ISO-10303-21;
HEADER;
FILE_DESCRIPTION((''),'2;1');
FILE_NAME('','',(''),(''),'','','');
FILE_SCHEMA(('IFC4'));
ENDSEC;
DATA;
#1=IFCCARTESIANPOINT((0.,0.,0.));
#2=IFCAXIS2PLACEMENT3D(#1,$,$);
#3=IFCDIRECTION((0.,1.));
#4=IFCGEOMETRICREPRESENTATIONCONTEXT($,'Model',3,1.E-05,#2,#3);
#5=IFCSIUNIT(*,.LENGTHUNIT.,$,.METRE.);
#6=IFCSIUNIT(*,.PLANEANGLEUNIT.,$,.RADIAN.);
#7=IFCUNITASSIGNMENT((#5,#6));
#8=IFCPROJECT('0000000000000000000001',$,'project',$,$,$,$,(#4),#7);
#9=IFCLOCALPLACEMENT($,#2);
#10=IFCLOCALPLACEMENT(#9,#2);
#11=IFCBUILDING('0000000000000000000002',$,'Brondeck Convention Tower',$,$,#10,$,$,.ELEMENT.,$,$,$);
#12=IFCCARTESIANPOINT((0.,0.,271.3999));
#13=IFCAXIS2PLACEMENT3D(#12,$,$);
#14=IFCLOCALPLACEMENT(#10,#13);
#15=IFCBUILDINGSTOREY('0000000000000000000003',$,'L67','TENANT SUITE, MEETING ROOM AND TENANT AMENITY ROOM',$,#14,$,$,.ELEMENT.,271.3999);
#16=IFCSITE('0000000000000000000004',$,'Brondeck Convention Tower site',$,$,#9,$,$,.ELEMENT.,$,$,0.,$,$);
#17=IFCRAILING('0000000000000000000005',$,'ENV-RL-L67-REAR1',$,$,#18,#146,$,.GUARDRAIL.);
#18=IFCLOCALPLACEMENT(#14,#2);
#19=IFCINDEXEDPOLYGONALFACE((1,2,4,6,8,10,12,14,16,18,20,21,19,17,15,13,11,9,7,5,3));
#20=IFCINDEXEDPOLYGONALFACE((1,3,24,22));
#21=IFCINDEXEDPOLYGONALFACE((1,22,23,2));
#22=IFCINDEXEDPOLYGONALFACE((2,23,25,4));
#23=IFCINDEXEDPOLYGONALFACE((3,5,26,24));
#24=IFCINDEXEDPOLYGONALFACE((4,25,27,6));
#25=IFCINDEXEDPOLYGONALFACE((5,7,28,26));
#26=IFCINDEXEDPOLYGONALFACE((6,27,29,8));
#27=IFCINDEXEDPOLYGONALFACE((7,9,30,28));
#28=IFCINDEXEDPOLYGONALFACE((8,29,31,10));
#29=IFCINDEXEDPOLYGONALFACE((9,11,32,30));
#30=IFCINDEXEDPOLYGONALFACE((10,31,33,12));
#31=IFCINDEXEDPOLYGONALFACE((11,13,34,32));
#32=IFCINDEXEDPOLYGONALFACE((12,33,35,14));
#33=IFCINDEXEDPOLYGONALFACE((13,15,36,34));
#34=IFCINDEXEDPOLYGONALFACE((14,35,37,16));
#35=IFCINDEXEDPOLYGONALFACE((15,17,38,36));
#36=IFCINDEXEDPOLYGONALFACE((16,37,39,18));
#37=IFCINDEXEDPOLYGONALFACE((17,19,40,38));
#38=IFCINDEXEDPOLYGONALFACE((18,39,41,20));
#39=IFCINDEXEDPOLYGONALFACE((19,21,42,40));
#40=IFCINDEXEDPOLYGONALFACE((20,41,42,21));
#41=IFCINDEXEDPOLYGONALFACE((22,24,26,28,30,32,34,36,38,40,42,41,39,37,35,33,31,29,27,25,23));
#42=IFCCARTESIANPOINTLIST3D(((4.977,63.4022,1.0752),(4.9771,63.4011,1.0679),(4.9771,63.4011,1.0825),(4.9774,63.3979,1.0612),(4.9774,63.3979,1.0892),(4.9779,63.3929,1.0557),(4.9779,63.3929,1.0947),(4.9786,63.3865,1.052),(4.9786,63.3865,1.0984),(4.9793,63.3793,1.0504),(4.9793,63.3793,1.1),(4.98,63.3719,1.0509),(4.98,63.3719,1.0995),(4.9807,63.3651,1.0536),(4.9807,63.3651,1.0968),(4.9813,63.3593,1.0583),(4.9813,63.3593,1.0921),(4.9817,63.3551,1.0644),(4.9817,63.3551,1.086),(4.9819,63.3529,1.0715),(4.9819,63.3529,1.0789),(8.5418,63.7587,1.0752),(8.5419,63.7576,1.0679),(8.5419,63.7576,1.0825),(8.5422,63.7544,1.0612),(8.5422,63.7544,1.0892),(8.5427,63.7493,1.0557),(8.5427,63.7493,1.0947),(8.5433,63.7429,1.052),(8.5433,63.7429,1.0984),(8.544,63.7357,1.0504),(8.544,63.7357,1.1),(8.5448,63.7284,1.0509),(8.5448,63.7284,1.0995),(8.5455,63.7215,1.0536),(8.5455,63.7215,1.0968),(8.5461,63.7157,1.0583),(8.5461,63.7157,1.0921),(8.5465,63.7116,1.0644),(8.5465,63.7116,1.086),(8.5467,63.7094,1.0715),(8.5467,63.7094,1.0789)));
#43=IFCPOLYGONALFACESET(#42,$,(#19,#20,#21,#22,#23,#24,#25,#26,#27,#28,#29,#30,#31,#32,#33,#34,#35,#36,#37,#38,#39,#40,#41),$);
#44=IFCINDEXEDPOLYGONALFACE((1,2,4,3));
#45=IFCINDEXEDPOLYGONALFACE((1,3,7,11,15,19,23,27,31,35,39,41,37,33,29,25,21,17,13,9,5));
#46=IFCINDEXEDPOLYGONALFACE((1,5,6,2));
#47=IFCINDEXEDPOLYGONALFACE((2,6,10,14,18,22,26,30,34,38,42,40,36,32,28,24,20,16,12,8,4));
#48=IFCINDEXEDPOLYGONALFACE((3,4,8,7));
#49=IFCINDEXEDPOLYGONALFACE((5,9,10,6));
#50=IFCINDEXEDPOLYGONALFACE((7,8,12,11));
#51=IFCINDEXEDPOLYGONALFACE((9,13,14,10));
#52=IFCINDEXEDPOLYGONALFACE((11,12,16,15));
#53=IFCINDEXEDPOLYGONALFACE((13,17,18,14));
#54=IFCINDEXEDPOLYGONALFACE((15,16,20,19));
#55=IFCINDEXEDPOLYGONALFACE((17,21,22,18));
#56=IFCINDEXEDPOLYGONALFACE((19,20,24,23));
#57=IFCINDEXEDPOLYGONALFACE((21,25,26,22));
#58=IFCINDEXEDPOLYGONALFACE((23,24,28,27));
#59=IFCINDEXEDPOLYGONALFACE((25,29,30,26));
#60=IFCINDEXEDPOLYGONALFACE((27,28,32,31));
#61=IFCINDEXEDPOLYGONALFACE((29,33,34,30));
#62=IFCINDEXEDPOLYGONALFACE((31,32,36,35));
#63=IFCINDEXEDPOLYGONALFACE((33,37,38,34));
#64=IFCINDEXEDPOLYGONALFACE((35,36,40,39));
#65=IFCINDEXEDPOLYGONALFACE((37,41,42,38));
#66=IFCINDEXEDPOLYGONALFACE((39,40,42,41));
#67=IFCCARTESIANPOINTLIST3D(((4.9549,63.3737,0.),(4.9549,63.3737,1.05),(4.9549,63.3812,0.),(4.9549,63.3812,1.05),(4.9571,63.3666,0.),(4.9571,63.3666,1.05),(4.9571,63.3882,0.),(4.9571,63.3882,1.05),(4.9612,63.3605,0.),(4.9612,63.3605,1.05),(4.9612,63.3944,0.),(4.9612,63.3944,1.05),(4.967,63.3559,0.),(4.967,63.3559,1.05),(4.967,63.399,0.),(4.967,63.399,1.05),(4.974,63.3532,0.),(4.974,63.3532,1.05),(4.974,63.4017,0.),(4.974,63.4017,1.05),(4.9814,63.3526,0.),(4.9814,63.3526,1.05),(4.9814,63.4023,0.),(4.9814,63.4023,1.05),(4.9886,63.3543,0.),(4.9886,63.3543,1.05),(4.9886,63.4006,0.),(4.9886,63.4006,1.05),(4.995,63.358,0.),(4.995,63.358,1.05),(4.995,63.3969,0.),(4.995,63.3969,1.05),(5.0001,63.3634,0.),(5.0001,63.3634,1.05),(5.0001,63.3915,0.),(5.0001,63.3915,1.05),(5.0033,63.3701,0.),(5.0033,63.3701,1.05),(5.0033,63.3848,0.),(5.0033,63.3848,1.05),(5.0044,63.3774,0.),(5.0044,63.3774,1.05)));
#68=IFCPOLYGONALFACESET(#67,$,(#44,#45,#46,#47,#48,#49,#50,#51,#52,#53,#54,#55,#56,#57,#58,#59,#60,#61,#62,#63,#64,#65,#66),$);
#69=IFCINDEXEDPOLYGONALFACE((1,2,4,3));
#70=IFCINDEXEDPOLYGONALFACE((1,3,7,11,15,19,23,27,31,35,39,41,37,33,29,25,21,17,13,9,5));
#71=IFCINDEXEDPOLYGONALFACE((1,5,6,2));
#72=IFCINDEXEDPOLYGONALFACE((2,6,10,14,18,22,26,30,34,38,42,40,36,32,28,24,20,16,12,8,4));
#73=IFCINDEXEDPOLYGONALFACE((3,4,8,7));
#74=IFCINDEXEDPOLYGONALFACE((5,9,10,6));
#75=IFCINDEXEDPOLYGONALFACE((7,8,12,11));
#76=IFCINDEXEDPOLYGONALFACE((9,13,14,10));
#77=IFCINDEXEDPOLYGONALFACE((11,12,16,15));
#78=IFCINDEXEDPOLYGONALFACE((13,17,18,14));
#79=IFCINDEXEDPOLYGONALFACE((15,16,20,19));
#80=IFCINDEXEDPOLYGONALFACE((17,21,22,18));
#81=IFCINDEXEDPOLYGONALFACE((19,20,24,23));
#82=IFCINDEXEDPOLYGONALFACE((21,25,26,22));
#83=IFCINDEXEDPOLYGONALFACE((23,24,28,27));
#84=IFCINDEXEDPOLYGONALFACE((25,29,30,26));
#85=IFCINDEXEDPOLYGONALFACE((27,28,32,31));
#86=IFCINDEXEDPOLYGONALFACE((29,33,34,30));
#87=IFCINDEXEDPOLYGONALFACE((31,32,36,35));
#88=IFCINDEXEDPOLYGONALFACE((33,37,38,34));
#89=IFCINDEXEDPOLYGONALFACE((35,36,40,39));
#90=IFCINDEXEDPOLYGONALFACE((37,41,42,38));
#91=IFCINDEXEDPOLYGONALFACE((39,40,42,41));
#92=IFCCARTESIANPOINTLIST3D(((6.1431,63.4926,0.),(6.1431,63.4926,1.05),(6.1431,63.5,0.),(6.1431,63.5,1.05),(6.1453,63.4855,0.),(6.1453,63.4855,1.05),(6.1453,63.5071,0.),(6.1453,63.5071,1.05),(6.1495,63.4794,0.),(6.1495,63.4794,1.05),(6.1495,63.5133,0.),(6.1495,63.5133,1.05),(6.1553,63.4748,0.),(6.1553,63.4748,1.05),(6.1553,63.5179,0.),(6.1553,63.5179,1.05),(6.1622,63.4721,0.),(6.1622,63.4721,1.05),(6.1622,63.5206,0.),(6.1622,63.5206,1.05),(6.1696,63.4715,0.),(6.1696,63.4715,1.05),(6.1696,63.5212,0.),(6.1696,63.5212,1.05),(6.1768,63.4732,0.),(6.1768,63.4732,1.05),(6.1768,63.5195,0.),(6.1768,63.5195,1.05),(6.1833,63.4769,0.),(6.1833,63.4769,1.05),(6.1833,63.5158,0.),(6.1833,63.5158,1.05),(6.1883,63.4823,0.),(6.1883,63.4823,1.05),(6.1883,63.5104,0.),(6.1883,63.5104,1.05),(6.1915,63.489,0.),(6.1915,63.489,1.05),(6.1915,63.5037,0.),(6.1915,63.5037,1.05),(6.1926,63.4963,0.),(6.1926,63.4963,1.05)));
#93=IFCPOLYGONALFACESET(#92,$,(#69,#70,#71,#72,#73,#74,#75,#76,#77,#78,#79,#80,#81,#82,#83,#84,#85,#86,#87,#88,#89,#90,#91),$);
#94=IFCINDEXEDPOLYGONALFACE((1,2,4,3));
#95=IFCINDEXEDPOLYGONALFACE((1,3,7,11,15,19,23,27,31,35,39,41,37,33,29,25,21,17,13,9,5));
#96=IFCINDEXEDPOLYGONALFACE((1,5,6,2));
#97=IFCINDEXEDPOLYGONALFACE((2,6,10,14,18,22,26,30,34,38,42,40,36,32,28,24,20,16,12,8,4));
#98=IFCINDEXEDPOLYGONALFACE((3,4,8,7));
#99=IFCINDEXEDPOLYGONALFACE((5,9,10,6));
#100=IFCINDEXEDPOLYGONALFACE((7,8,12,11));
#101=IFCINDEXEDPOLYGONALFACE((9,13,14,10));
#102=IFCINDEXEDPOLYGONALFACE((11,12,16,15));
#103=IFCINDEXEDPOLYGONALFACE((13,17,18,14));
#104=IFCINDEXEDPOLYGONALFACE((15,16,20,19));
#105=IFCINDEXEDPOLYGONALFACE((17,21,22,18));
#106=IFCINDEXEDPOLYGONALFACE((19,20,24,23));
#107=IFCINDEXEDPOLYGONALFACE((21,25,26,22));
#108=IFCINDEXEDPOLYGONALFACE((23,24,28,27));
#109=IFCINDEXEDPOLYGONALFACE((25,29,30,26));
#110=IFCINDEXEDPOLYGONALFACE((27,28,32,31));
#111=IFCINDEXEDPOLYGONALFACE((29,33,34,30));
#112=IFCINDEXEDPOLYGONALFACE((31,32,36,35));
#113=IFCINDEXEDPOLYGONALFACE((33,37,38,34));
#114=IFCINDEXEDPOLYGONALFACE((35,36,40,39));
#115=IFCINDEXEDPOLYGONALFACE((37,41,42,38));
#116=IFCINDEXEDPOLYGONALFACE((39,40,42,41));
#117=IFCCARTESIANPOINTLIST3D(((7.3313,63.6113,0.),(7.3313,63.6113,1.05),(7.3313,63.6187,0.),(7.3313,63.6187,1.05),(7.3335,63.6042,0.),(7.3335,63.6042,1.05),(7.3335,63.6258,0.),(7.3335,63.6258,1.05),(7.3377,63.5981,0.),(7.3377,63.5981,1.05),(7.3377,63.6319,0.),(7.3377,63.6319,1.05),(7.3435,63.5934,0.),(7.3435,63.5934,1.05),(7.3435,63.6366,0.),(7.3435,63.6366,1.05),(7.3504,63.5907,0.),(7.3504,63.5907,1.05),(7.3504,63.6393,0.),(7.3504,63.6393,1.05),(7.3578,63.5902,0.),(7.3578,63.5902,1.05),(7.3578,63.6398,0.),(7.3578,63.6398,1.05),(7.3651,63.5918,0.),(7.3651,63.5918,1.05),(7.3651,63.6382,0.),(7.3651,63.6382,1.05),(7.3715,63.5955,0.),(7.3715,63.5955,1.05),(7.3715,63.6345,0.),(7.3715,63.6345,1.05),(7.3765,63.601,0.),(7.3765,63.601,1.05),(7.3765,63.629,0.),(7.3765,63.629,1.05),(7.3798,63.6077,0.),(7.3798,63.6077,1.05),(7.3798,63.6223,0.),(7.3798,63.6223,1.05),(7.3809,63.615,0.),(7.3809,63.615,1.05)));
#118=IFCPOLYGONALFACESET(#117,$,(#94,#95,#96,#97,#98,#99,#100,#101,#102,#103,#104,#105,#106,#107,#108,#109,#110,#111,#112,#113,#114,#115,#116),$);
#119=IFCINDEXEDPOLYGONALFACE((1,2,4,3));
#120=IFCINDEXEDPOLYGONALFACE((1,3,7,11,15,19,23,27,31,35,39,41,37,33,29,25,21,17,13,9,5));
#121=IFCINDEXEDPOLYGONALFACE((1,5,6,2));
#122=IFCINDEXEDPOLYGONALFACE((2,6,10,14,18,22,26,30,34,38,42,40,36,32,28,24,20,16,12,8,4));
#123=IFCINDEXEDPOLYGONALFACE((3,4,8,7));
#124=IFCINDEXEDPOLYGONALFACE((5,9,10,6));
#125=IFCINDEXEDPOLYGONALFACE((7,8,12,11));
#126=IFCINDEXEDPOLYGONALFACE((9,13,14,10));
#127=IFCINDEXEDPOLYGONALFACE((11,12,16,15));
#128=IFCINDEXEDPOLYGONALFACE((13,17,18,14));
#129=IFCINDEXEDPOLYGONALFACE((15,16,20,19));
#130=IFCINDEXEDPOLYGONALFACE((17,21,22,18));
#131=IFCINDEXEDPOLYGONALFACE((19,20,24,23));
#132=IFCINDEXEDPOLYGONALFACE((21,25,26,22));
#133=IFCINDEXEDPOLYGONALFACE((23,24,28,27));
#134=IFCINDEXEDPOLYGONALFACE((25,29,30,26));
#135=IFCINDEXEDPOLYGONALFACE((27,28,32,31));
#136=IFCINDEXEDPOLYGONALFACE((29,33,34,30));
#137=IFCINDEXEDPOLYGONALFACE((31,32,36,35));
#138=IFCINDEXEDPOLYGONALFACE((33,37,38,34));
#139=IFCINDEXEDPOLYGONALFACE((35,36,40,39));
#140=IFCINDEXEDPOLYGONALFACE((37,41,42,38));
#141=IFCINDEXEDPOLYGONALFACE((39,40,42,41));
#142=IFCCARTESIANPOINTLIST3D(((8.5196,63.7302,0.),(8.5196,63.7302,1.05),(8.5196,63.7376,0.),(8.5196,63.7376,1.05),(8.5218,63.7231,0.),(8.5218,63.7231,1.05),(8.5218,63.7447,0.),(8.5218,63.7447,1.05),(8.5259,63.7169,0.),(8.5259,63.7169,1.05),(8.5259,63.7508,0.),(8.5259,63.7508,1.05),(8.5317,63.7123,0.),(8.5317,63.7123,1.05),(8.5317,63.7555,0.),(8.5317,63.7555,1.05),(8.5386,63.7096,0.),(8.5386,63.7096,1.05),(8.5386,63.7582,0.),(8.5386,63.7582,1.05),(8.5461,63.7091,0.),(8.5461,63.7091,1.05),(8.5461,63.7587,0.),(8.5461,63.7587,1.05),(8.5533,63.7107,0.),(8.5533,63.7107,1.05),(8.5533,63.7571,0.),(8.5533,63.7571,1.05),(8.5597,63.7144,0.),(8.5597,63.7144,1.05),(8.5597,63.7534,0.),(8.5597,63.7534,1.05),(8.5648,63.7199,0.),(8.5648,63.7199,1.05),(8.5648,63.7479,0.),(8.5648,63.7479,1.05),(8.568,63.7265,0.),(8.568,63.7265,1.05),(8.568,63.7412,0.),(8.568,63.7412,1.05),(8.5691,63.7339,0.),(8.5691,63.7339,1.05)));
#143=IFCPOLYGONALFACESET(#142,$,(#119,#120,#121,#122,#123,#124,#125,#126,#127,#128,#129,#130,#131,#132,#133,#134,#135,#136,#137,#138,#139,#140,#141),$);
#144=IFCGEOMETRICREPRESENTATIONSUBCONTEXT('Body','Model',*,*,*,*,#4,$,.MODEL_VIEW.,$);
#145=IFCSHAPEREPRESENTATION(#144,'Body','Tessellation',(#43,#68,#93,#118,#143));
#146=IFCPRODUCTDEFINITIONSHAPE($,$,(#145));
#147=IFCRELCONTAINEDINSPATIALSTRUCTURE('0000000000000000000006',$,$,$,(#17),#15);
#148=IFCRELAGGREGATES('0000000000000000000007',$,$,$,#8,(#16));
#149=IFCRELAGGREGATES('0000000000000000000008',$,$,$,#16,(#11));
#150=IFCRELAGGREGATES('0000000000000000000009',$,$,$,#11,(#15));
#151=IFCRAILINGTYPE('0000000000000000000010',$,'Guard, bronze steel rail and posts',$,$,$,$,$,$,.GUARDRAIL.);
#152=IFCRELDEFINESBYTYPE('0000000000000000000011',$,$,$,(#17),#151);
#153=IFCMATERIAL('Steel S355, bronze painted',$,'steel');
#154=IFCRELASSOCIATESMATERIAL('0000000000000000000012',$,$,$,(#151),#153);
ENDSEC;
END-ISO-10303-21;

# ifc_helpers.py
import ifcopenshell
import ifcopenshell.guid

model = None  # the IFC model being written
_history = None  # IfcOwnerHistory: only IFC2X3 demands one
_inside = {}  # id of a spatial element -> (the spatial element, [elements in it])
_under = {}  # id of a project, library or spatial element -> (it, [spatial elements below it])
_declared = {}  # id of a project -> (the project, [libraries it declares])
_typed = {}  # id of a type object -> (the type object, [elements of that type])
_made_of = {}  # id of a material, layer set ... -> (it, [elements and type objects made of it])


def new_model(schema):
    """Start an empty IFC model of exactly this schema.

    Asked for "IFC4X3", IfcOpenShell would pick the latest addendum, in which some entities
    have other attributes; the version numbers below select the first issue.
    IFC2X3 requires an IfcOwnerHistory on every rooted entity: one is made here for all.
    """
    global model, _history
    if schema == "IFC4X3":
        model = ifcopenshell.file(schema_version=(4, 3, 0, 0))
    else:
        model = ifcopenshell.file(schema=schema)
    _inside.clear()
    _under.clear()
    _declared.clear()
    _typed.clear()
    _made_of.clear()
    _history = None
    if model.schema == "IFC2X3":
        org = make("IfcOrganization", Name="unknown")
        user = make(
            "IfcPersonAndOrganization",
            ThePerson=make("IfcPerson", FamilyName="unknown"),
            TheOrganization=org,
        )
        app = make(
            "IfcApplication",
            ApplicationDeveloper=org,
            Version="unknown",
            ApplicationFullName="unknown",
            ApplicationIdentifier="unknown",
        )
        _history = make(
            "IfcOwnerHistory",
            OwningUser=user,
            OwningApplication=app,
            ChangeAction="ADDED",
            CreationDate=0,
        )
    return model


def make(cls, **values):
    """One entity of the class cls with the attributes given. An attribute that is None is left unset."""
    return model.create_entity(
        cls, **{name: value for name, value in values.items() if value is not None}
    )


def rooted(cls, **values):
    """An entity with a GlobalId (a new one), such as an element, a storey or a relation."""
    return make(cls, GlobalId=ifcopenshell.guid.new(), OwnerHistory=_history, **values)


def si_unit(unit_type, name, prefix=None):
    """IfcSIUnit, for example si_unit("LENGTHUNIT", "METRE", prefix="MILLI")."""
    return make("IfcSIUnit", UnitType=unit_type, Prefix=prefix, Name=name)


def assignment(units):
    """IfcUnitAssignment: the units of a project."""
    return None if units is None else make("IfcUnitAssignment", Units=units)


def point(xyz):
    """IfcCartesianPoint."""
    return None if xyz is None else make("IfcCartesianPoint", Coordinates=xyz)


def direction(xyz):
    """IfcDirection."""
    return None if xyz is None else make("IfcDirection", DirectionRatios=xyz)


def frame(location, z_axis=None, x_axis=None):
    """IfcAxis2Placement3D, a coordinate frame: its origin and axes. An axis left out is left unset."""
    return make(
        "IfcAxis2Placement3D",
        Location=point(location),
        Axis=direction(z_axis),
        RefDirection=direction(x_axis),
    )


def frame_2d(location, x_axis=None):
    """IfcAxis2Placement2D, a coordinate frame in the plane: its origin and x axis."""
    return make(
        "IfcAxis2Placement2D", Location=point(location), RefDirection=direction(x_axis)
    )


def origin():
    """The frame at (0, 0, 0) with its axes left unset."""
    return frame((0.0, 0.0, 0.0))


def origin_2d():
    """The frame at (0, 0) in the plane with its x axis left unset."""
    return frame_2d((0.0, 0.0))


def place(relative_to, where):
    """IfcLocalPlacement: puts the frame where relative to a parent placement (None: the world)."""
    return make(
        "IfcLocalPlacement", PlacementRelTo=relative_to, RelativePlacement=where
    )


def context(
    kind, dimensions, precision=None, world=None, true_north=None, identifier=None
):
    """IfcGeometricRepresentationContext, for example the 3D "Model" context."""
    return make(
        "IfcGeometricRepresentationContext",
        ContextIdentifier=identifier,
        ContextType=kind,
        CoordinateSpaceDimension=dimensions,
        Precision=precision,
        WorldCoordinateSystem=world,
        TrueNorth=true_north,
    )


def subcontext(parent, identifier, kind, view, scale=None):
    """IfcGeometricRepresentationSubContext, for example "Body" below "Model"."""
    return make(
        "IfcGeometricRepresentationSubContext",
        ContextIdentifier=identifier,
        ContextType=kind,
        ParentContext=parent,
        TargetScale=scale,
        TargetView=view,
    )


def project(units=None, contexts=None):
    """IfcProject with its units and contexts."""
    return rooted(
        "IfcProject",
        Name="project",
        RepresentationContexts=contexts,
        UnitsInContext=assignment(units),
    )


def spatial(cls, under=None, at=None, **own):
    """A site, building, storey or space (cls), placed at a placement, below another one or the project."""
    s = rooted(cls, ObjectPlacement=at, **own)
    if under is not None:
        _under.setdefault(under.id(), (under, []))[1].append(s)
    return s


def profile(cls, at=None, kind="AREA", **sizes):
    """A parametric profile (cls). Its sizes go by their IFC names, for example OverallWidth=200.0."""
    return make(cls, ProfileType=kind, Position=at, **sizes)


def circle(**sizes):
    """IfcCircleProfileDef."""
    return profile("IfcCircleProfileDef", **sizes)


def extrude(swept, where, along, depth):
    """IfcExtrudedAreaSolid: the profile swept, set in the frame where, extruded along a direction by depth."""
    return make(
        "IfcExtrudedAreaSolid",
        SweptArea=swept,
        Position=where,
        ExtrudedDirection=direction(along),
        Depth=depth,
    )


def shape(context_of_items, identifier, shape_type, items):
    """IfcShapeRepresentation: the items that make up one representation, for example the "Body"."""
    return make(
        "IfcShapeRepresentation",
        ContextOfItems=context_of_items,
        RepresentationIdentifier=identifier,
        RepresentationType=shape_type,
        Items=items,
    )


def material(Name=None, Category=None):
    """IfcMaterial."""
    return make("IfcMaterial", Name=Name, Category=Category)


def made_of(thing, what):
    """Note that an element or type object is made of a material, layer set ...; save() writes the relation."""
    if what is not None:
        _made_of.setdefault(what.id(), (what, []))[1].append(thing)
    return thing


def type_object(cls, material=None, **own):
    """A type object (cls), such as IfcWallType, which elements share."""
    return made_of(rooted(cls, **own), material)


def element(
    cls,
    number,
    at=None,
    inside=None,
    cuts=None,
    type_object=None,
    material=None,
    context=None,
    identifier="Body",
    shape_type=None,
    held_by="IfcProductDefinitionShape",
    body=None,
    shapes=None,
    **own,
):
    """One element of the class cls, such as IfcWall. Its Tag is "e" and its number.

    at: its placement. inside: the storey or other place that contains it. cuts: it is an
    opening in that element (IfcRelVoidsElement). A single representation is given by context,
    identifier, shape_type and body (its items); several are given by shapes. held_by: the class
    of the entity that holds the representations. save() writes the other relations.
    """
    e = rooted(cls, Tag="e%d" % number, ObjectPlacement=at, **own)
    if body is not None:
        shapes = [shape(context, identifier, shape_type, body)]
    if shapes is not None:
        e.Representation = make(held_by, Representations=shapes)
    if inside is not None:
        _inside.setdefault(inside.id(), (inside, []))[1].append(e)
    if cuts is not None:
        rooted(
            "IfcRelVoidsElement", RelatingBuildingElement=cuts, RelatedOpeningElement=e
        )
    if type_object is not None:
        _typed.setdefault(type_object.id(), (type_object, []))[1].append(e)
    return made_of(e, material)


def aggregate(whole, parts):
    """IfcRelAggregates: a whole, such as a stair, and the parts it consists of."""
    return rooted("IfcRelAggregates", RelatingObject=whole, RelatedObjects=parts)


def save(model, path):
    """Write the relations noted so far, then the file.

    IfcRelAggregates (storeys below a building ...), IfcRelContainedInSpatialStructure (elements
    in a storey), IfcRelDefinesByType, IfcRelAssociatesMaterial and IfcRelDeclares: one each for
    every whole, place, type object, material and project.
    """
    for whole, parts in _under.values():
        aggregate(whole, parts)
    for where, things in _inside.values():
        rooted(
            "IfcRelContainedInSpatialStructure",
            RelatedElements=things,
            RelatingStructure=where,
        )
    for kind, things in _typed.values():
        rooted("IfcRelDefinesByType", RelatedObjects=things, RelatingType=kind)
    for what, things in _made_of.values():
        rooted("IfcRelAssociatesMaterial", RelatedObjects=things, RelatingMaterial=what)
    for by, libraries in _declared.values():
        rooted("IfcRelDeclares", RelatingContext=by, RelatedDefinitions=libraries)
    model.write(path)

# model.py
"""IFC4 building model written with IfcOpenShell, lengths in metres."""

from ifc_helpers import new_model, si_unit, direction, frame, origin, origin_2d, place, context, subcontext, project, spatial, circle, extrude, material, type_object, element, save


model = new_model("IFC4")

# Units and contexts
model_context = context("Model", 3, precision=1e-05, world=origin(), true_north=direction((0.0, 1.0)))
body_context = subcontext(model_context, "Body", "Model", "MODEL_VIEW")
ifc_project = project(units=[si_unit("LENGTHUNIT", "METRE"), si_unit("PLANEANGLEUNIT", "RADIAN")], contexts=[model_context])

# Site, building, storey
site_placement = place(None, origin())
site = spatial("IfcSite", under=ifc_project, at=site_placement, Name="Brondeck Convention Tower site", CompositionType="ELEMENT", RefElevation=0.0)
building_placement = place(site_placement, origin())
building = spatial("IfcBuilding", under=site, at=building_placement, Name="Brondeck Convention Tower", CompositionType="ELEMENT")
storey_placement = place(building_placement, frame((0.0, 0.0, 271.3999)))
storey = spatial("IfcBuildingStorey", under=building, at=storey_placement, Name="L67", Description="TENANT SUITE, MEETING ROOM AND TENANT AMENITY ROOM", CompositionType="ELEMENT", Elevation=271.3999)

# Railing
ifc_material_1 = material(Name="Steel S355, bronze painted", Category="steel")
railing_type = type_object("IfcRailingType", Name="Guard, bronze steel rail and posts", PredefinedType="GUARDRAIL", material=ifc_material_1)
railing_placement = place(storey_placement, frame((4.9795, 63.3774, 0.0)))
element("IfcRailing", 1, at=railing_placement, inside=storey, type_object=railing_type, Name="ENV-RL-L67-REAR1", PredefinedType="GUARDRAIL", context=body_context, shape_type="SweptSolid", body=[
    extrude(circle(Radius=0.0249, at=origin_2d()), frame((0.0, 0.0, 1.0752), z_axis=(0.995038, 0.099497, 0.0), x_axis=(-0.099497, 0.995038, 0.0)), (0.0, 0.0, 1.0), 3.5825),
    extrude(circle(Radius=0.0249, at=origin_2d()), origin(), (0.0, 0.0, 1.0), 1.05),
    extrude(circle(Radius=0.0249, at=origin_2d()), frame((1.1882, 0.1189, 0.0)), (0.0, 0.0, 1.0), 1.05),
    extrude(circle(Radius=0.0249, at=origin_2d()), frame((2.3765, 0.2375, 0.0)), (0.0, 0.0, 1.0), 1.05),
    extrude(circle(Radius=0.0249, at=origin_2d()), frame((3.5647, 0.3564, 0.0)), (0.0, 0.0, 1.0), 1.05),
])

save(model, "model.ifc")
